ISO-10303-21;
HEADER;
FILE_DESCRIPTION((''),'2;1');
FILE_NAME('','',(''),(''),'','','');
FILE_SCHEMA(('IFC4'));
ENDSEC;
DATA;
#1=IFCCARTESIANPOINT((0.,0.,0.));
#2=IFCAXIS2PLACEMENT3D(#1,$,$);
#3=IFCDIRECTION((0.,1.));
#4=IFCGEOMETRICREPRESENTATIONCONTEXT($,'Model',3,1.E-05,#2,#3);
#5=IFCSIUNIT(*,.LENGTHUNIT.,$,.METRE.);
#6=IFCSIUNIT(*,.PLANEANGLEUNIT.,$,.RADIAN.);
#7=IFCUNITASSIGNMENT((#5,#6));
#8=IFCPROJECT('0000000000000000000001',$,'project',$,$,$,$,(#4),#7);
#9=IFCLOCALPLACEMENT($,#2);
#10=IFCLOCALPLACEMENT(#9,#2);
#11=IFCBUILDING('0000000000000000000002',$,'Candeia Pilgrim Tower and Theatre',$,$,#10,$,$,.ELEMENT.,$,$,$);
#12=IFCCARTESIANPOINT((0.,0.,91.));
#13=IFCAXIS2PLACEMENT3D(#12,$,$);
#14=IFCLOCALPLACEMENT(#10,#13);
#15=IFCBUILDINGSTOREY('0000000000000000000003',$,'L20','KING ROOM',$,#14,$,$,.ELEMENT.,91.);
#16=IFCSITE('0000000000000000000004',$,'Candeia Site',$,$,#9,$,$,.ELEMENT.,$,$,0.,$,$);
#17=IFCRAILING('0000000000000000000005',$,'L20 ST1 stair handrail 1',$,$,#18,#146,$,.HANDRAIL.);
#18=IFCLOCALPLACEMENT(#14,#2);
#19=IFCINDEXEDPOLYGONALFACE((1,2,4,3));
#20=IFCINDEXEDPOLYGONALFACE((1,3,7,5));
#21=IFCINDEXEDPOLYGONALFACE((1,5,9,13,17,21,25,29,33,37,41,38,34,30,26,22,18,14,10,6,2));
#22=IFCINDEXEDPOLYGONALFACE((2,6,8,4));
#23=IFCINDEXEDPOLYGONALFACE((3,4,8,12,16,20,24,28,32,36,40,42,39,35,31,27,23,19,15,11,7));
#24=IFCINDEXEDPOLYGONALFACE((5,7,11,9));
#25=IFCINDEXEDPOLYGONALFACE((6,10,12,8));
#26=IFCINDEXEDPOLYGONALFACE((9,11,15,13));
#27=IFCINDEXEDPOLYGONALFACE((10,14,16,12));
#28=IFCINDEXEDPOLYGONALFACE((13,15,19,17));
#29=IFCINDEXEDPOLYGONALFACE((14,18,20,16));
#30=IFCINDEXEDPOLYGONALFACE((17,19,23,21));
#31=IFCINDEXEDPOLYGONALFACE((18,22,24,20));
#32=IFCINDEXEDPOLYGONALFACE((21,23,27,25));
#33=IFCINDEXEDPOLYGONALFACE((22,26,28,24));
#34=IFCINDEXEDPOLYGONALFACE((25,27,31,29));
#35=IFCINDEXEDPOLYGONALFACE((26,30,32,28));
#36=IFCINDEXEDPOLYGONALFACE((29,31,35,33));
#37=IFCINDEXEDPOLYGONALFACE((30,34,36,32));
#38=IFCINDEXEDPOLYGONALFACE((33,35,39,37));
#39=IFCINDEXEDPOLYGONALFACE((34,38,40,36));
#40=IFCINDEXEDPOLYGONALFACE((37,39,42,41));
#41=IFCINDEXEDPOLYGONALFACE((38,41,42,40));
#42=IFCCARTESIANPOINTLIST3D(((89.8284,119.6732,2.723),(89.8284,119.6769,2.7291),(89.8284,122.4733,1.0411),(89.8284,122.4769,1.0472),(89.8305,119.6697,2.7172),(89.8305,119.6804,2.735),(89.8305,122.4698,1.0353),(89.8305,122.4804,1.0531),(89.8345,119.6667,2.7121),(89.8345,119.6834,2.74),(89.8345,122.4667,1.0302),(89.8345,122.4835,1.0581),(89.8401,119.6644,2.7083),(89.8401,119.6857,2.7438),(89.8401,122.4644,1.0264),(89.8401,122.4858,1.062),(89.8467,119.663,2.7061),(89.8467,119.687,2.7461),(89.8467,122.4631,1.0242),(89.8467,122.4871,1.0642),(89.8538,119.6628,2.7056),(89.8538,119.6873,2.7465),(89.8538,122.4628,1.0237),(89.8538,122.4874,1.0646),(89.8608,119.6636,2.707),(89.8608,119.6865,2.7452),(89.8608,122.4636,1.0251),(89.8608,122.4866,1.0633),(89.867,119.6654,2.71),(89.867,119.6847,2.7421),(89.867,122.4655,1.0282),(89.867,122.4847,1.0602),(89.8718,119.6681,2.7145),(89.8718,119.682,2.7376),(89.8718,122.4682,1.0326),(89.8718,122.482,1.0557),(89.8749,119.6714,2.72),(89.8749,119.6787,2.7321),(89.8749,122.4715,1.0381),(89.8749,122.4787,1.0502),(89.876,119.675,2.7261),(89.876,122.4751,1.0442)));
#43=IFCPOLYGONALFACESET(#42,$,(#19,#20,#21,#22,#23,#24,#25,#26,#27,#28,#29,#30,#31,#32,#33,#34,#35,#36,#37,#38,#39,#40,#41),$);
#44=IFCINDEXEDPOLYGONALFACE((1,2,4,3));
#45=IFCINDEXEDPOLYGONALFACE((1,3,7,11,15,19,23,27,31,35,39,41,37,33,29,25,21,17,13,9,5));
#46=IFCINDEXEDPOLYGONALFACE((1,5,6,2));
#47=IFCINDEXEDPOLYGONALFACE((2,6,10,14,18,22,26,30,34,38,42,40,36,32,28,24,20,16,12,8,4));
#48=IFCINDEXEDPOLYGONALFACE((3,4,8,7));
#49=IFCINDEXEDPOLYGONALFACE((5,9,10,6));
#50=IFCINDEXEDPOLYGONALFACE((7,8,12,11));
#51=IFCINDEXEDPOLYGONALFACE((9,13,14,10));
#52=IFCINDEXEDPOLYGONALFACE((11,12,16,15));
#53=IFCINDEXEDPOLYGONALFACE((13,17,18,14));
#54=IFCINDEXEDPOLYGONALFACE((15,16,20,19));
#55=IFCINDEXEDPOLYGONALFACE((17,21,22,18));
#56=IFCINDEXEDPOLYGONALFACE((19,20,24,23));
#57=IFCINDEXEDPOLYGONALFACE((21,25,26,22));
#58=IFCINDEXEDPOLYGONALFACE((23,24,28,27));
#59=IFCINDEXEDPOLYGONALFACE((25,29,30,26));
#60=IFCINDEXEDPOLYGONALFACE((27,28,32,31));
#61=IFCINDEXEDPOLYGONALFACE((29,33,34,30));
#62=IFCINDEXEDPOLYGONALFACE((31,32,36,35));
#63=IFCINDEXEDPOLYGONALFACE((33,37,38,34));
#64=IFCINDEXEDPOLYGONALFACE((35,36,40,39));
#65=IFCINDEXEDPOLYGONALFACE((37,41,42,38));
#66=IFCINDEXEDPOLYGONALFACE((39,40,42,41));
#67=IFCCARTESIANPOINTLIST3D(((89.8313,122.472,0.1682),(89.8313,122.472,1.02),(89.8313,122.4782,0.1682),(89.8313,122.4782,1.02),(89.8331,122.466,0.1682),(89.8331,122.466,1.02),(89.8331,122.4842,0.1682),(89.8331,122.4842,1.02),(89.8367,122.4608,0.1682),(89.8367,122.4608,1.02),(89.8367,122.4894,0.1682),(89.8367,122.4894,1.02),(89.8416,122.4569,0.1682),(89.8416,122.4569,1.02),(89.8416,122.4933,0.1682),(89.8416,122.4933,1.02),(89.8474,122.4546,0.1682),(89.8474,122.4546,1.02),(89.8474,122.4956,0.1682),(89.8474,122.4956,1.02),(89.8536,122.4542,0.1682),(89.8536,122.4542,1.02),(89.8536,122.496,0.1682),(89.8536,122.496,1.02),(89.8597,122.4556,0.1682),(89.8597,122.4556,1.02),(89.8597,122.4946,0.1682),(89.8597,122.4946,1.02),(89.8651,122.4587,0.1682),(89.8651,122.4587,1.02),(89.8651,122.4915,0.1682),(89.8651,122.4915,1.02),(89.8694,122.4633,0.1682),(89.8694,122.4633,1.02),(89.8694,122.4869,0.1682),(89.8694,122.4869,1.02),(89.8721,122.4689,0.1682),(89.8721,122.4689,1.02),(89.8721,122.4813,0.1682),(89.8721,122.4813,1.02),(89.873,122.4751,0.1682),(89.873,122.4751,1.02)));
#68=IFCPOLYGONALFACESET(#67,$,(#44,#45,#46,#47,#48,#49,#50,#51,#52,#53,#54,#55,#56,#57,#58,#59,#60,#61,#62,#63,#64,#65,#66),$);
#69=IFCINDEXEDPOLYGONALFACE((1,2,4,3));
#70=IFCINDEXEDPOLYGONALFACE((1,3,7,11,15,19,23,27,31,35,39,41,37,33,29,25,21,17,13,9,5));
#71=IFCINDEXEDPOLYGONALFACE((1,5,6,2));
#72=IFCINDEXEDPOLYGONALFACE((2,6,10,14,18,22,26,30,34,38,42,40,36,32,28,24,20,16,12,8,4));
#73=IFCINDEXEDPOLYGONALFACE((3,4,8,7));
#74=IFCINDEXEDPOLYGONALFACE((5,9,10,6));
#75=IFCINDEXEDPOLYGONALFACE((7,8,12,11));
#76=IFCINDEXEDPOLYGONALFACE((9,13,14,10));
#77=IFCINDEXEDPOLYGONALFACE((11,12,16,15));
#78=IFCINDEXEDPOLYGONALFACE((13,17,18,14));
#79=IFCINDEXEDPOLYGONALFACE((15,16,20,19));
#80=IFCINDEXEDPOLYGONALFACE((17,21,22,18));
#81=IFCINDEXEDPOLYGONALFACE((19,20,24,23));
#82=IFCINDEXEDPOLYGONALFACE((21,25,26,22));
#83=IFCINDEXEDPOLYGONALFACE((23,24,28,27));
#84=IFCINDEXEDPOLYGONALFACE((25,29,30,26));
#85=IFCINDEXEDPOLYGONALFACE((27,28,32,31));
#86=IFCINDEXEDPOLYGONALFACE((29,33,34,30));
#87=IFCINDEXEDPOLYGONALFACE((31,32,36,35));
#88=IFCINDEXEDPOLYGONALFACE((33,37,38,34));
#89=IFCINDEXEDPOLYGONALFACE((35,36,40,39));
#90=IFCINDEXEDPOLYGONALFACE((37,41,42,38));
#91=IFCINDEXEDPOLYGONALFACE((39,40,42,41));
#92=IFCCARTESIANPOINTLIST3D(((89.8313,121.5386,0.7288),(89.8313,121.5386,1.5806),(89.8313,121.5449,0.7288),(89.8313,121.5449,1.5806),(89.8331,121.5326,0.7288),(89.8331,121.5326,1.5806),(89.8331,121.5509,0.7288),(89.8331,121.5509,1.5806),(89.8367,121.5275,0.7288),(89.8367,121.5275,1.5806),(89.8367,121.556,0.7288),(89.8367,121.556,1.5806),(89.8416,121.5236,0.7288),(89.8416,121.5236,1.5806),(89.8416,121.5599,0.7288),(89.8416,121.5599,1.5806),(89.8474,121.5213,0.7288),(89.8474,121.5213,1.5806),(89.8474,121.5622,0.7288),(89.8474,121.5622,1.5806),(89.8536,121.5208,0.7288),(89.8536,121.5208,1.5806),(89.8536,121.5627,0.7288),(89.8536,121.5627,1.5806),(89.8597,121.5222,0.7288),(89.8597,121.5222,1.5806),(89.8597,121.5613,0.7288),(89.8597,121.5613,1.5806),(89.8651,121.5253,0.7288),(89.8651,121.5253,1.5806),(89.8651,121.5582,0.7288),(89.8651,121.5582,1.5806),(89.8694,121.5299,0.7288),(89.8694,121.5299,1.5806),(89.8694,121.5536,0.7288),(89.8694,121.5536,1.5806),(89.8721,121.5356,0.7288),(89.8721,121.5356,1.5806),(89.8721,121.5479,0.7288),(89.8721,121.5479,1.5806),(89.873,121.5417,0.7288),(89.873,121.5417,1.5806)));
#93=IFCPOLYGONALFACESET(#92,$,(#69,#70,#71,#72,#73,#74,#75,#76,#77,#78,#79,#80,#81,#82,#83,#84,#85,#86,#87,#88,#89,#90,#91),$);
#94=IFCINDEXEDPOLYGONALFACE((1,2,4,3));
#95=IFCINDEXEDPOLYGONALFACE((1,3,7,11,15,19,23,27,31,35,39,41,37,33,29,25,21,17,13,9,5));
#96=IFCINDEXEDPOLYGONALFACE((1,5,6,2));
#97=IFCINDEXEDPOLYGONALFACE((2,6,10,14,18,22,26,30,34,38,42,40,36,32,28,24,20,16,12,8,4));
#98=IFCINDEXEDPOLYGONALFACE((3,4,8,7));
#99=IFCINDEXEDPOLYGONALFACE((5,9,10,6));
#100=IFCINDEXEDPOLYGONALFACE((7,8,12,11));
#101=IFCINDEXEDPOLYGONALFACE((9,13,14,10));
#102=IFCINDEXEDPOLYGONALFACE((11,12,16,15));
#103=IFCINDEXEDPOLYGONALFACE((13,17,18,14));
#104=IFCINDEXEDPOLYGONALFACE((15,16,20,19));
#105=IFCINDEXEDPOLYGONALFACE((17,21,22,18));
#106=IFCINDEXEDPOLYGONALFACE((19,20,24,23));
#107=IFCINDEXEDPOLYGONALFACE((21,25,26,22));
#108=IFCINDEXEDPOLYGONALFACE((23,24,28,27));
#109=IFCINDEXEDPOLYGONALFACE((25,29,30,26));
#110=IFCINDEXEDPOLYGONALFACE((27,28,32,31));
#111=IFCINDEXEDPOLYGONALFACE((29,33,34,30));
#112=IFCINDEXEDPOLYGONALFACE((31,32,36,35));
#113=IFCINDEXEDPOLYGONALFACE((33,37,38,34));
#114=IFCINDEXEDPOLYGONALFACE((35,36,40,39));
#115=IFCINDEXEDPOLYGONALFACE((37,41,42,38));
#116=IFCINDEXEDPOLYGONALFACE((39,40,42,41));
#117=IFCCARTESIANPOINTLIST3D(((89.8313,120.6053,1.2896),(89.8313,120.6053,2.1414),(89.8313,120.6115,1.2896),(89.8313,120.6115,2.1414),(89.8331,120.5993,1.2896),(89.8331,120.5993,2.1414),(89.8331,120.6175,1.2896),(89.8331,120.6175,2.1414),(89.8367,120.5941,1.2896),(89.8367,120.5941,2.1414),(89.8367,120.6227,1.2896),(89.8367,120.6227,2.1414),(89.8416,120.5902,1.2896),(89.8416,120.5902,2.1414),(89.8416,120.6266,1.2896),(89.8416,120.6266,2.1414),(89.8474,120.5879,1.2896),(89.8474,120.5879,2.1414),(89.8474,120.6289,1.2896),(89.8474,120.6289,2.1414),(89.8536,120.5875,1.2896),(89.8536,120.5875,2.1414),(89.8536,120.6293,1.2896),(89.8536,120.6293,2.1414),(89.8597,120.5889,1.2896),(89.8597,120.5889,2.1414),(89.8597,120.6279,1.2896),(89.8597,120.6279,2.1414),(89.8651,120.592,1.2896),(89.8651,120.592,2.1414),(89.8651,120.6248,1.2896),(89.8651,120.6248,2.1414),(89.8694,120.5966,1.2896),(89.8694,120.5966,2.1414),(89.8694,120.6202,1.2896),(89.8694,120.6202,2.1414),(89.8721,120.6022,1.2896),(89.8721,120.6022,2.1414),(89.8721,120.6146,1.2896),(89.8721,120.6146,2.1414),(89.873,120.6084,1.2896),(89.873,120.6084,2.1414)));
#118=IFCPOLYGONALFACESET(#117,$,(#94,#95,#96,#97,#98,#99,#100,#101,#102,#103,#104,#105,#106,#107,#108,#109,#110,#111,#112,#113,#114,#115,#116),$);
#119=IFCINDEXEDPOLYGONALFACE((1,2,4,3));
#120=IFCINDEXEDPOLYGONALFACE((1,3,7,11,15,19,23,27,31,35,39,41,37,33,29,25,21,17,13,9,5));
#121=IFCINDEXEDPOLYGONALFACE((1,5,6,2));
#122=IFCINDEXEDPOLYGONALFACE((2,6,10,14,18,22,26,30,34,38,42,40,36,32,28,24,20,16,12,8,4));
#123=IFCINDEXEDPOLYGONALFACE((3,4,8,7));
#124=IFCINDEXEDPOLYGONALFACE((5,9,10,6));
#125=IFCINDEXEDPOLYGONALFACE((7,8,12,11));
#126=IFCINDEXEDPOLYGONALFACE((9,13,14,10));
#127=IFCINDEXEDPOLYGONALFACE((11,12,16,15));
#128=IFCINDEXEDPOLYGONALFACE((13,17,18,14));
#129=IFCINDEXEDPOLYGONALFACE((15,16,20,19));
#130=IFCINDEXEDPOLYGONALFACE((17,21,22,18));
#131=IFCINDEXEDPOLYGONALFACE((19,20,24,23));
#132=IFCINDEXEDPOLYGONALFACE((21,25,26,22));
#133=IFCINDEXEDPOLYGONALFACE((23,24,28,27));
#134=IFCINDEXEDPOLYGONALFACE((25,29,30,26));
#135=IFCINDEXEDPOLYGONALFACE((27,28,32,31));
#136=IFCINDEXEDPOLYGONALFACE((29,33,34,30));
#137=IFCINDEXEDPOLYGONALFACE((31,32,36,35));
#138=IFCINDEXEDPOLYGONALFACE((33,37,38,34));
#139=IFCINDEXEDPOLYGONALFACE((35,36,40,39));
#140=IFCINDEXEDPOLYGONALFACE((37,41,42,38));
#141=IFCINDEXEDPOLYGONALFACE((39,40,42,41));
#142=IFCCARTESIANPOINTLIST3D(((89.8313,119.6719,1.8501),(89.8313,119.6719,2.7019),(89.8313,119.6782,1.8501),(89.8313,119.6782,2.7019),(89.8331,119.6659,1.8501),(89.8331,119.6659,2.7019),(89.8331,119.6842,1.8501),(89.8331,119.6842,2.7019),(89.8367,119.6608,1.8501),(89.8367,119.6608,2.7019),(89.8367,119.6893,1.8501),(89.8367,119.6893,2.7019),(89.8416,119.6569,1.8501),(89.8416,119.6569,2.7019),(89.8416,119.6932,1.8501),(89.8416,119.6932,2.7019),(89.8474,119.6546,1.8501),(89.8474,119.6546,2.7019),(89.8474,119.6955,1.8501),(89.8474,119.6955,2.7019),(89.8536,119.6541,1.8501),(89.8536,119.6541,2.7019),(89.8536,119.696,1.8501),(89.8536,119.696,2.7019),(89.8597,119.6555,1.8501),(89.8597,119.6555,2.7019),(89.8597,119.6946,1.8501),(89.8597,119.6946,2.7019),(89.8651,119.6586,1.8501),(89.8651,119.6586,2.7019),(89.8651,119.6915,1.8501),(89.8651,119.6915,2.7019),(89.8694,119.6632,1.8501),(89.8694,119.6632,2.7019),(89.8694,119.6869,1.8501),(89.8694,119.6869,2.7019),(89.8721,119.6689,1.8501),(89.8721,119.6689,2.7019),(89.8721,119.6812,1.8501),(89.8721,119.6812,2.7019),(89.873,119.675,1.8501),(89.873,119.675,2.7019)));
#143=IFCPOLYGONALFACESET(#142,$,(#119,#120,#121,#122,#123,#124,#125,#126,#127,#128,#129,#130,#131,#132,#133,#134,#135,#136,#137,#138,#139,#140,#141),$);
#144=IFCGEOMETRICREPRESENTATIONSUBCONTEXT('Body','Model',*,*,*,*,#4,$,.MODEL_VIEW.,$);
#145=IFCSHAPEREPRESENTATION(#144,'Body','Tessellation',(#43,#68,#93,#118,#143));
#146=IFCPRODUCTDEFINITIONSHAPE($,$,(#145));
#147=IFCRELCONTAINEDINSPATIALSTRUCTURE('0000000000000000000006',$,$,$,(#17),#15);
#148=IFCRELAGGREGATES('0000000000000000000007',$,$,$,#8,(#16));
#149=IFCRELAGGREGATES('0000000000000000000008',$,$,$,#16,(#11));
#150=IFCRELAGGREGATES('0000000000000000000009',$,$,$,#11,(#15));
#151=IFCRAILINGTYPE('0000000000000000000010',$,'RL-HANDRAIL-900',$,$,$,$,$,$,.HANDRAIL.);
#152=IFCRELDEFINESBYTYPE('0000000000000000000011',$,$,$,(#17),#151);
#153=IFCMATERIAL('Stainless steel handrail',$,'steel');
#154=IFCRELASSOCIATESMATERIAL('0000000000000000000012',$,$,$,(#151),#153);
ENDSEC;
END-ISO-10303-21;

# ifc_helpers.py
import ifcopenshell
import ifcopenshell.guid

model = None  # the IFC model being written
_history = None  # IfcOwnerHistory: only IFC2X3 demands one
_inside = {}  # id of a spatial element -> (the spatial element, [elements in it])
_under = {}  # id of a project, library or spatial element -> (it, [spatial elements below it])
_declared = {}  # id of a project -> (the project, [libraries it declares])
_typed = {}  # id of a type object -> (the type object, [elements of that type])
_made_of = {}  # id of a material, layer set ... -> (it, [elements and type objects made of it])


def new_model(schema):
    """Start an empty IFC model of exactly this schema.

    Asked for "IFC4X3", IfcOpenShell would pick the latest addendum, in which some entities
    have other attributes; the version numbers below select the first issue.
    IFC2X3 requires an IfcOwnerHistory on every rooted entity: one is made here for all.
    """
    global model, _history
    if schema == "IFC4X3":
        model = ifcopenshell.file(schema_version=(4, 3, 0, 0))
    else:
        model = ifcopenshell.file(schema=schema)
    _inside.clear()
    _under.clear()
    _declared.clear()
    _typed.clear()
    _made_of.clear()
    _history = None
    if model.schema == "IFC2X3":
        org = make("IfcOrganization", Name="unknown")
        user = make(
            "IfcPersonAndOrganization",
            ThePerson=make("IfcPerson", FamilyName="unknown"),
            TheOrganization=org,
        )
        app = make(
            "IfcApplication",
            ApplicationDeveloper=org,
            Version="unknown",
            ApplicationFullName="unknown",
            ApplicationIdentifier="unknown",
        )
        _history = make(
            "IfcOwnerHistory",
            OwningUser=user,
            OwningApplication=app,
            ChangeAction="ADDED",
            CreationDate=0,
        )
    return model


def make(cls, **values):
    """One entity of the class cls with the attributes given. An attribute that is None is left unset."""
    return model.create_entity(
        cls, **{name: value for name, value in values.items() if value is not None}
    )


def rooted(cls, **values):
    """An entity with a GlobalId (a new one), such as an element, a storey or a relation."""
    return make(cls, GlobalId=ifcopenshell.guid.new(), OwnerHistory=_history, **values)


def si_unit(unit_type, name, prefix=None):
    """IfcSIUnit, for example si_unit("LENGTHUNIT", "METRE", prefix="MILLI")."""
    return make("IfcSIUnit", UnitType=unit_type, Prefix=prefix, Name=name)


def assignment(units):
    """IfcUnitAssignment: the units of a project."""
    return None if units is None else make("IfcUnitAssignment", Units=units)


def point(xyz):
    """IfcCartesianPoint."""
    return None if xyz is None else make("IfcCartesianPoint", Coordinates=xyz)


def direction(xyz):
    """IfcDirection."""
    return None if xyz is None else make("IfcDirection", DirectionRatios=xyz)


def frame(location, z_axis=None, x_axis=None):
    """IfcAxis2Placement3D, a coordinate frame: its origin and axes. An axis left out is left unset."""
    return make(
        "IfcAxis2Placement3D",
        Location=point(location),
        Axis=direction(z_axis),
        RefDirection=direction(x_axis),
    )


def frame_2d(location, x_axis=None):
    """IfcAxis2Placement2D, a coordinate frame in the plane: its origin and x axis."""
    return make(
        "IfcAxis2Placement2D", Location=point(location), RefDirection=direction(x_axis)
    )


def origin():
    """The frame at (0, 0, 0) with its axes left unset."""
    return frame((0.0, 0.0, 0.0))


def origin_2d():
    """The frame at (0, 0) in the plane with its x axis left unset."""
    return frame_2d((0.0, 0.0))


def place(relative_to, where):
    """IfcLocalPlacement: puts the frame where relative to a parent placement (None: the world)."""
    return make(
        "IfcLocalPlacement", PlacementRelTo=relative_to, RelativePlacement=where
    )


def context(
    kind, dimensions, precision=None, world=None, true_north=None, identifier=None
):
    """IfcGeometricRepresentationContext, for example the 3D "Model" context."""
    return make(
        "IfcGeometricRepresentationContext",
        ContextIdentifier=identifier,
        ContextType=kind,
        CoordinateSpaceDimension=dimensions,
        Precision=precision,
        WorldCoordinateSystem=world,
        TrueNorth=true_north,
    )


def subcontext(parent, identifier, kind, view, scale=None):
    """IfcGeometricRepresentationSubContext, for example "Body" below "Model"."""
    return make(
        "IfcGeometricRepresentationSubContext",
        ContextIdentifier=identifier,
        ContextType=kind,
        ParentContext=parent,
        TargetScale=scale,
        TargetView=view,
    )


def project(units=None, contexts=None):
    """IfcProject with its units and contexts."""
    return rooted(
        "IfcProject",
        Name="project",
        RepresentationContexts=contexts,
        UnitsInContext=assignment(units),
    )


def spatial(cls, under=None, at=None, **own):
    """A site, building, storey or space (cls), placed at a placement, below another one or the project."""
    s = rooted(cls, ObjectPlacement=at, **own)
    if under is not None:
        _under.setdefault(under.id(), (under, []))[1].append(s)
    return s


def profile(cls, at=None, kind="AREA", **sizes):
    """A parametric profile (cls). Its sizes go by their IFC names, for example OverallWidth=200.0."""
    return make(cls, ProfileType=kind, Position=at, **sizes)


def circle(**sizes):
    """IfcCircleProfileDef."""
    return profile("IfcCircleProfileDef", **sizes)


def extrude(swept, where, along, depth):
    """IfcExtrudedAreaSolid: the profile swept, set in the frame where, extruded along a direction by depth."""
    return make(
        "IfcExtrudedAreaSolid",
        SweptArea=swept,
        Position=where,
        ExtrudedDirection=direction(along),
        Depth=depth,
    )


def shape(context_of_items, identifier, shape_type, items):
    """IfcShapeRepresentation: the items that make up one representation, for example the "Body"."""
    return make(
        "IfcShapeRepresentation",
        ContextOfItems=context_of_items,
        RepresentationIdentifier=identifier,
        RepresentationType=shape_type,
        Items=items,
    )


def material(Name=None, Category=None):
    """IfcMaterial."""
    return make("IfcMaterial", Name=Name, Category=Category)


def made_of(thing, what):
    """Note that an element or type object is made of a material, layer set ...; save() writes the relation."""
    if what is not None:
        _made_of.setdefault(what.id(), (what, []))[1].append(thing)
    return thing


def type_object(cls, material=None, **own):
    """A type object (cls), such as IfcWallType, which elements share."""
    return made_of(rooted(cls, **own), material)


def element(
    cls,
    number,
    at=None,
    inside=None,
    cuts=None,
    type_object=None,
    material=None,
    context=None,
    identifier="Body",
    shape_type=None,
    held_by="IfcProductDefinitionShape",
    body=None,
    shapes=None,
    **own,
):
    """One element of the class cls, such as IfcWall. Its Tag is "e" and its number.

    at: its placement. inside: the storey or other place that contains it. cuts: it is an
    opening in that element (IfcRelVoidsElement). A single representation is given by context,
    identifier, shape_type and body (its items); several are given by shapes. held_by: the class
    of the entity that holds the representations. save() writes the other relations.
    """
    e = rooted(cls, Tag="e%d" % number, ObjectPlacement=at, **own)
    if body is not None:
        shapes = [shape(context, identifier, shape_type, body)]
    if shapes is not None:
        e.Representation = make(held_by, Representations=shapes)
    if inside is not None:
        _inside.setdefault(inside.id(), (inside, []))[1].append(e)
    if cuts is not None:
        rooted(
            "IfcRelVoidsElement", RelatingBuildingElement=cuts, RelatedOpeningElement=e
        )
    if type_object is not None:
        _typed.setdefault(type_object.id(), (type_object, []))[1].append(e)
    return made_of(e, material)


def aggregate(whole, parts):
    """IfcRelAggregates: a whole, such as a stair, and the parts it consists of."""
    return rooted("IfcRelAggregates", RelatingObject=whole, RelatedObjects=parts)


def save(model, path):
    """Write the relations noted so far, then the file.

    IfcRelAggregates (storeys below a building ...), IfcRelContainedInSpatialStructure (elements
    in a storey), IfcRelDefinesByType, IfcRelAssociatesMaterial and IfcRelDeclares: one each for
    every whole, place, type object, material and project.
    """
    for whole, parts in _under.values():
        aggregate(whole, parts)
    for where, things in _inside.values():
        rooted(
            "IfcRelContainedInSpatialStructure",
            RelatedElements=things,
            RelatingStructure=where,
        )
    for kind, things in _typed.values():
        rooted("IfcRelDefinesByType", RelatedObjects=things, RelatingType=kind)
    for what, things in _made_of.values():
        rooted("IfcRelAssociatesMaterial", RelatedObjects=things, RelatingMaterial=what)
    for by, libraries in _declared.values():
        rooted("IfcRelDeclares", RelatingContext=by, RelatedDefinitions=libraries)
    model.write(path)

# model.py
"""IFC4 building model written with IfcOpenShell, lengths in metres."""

from ifc_helpers import new_model, si_unit, direction, frame, origin, origin_2d, place, context, subcontext, project, spatial, circle, extrude, material, type_object, element, save


model = new_model("IFC4")

# Units and contexts
model_context = context("Model", 3, precision=1e-05, world=origin(), true_north=direction((0.0, 1.0)))
body_context = subcontext(model_context, "Body", "Model", "MODEL_VIEW")
ifc_project = project(units=[si_unit("LENGTHUNIT", "METRE"), si_unit("PLANEANGLEUNIT", "RADIAN")], contexts=[model_context])

# Site, building, storey
site_placement = place(None, origin())
site = spatial("IfcSite", under=ifc_project, at=site_placement, Name="Candeia Site", CompositionType="ELEMENT", RefElevation=0.0)
building_placement = place(site_placement, origin())
building = spatial("IfcBuilding", under=site, at=building_placement, Name="Candeia Pilgrim Tower and Theatre", CompositionType="ELEMENT")
storey_placement = place(building_placement, frame((0.0, 0.0, 91.0)))
storey = spatial("IfcBuildingStorey", under=building, at=storey_placement, Name="L20", Description="KING ROOM", CompositionType="ELEMENT", Elevation=91.0)

# Railing
ifc_material_1 = material(Name="Stainless steel handrail", Category="steel")
railing_type_1 = type_object("IfcRailingType", Name="RL-HANDRAIL-900", PredefinedType="HANDRAIL", material=ifc_material_1)
railing_1_placement = place(storey_placement, frame((89.8521, 122.4751, 0.1682)))
element("IfcRailing", 1, at=railing_1_placement, inside=storey, type_object=railing_type_1, Name="L20 ST1 stair handrail 1", PredefinedType="HANDRAIL", context=body_context, shape_type="SweptSolid", body=[
    extrude(circle(Radius=0.0239, at=origin_2d()), frame((0.0, 0.0, 0.876), z_axis=(0.0, -0.857242, 0.514913), x_axis=(1.0, 0.0, 0.0)), (0.0, 0.0, 1.0), 3.2664),
    extrude(circle(Radius=0.021, at=origin_2d()), origin(), (0.0, 0.0, 1.0), 0.8518),
    extrude(circle(Radius=0.021, at=origin_2d()), frame((0.0, -0.9333, 0.5605)), (0.0, 0.0, 1.0), 0.8518),
    extrude(circle(Radius=0.021, at=origin_2d()), frame((0.0, -1.8667, 1.1213)), (0.0, 0.0, 1.0), 0.8518),
    extrude(circle(Radius=0.021, at=origin_2d()), frame((0.0, -2.8, 1.6819)), (0.0, 0.0, 1.0), 0.8518),
])

save(model, "model.ifc")
